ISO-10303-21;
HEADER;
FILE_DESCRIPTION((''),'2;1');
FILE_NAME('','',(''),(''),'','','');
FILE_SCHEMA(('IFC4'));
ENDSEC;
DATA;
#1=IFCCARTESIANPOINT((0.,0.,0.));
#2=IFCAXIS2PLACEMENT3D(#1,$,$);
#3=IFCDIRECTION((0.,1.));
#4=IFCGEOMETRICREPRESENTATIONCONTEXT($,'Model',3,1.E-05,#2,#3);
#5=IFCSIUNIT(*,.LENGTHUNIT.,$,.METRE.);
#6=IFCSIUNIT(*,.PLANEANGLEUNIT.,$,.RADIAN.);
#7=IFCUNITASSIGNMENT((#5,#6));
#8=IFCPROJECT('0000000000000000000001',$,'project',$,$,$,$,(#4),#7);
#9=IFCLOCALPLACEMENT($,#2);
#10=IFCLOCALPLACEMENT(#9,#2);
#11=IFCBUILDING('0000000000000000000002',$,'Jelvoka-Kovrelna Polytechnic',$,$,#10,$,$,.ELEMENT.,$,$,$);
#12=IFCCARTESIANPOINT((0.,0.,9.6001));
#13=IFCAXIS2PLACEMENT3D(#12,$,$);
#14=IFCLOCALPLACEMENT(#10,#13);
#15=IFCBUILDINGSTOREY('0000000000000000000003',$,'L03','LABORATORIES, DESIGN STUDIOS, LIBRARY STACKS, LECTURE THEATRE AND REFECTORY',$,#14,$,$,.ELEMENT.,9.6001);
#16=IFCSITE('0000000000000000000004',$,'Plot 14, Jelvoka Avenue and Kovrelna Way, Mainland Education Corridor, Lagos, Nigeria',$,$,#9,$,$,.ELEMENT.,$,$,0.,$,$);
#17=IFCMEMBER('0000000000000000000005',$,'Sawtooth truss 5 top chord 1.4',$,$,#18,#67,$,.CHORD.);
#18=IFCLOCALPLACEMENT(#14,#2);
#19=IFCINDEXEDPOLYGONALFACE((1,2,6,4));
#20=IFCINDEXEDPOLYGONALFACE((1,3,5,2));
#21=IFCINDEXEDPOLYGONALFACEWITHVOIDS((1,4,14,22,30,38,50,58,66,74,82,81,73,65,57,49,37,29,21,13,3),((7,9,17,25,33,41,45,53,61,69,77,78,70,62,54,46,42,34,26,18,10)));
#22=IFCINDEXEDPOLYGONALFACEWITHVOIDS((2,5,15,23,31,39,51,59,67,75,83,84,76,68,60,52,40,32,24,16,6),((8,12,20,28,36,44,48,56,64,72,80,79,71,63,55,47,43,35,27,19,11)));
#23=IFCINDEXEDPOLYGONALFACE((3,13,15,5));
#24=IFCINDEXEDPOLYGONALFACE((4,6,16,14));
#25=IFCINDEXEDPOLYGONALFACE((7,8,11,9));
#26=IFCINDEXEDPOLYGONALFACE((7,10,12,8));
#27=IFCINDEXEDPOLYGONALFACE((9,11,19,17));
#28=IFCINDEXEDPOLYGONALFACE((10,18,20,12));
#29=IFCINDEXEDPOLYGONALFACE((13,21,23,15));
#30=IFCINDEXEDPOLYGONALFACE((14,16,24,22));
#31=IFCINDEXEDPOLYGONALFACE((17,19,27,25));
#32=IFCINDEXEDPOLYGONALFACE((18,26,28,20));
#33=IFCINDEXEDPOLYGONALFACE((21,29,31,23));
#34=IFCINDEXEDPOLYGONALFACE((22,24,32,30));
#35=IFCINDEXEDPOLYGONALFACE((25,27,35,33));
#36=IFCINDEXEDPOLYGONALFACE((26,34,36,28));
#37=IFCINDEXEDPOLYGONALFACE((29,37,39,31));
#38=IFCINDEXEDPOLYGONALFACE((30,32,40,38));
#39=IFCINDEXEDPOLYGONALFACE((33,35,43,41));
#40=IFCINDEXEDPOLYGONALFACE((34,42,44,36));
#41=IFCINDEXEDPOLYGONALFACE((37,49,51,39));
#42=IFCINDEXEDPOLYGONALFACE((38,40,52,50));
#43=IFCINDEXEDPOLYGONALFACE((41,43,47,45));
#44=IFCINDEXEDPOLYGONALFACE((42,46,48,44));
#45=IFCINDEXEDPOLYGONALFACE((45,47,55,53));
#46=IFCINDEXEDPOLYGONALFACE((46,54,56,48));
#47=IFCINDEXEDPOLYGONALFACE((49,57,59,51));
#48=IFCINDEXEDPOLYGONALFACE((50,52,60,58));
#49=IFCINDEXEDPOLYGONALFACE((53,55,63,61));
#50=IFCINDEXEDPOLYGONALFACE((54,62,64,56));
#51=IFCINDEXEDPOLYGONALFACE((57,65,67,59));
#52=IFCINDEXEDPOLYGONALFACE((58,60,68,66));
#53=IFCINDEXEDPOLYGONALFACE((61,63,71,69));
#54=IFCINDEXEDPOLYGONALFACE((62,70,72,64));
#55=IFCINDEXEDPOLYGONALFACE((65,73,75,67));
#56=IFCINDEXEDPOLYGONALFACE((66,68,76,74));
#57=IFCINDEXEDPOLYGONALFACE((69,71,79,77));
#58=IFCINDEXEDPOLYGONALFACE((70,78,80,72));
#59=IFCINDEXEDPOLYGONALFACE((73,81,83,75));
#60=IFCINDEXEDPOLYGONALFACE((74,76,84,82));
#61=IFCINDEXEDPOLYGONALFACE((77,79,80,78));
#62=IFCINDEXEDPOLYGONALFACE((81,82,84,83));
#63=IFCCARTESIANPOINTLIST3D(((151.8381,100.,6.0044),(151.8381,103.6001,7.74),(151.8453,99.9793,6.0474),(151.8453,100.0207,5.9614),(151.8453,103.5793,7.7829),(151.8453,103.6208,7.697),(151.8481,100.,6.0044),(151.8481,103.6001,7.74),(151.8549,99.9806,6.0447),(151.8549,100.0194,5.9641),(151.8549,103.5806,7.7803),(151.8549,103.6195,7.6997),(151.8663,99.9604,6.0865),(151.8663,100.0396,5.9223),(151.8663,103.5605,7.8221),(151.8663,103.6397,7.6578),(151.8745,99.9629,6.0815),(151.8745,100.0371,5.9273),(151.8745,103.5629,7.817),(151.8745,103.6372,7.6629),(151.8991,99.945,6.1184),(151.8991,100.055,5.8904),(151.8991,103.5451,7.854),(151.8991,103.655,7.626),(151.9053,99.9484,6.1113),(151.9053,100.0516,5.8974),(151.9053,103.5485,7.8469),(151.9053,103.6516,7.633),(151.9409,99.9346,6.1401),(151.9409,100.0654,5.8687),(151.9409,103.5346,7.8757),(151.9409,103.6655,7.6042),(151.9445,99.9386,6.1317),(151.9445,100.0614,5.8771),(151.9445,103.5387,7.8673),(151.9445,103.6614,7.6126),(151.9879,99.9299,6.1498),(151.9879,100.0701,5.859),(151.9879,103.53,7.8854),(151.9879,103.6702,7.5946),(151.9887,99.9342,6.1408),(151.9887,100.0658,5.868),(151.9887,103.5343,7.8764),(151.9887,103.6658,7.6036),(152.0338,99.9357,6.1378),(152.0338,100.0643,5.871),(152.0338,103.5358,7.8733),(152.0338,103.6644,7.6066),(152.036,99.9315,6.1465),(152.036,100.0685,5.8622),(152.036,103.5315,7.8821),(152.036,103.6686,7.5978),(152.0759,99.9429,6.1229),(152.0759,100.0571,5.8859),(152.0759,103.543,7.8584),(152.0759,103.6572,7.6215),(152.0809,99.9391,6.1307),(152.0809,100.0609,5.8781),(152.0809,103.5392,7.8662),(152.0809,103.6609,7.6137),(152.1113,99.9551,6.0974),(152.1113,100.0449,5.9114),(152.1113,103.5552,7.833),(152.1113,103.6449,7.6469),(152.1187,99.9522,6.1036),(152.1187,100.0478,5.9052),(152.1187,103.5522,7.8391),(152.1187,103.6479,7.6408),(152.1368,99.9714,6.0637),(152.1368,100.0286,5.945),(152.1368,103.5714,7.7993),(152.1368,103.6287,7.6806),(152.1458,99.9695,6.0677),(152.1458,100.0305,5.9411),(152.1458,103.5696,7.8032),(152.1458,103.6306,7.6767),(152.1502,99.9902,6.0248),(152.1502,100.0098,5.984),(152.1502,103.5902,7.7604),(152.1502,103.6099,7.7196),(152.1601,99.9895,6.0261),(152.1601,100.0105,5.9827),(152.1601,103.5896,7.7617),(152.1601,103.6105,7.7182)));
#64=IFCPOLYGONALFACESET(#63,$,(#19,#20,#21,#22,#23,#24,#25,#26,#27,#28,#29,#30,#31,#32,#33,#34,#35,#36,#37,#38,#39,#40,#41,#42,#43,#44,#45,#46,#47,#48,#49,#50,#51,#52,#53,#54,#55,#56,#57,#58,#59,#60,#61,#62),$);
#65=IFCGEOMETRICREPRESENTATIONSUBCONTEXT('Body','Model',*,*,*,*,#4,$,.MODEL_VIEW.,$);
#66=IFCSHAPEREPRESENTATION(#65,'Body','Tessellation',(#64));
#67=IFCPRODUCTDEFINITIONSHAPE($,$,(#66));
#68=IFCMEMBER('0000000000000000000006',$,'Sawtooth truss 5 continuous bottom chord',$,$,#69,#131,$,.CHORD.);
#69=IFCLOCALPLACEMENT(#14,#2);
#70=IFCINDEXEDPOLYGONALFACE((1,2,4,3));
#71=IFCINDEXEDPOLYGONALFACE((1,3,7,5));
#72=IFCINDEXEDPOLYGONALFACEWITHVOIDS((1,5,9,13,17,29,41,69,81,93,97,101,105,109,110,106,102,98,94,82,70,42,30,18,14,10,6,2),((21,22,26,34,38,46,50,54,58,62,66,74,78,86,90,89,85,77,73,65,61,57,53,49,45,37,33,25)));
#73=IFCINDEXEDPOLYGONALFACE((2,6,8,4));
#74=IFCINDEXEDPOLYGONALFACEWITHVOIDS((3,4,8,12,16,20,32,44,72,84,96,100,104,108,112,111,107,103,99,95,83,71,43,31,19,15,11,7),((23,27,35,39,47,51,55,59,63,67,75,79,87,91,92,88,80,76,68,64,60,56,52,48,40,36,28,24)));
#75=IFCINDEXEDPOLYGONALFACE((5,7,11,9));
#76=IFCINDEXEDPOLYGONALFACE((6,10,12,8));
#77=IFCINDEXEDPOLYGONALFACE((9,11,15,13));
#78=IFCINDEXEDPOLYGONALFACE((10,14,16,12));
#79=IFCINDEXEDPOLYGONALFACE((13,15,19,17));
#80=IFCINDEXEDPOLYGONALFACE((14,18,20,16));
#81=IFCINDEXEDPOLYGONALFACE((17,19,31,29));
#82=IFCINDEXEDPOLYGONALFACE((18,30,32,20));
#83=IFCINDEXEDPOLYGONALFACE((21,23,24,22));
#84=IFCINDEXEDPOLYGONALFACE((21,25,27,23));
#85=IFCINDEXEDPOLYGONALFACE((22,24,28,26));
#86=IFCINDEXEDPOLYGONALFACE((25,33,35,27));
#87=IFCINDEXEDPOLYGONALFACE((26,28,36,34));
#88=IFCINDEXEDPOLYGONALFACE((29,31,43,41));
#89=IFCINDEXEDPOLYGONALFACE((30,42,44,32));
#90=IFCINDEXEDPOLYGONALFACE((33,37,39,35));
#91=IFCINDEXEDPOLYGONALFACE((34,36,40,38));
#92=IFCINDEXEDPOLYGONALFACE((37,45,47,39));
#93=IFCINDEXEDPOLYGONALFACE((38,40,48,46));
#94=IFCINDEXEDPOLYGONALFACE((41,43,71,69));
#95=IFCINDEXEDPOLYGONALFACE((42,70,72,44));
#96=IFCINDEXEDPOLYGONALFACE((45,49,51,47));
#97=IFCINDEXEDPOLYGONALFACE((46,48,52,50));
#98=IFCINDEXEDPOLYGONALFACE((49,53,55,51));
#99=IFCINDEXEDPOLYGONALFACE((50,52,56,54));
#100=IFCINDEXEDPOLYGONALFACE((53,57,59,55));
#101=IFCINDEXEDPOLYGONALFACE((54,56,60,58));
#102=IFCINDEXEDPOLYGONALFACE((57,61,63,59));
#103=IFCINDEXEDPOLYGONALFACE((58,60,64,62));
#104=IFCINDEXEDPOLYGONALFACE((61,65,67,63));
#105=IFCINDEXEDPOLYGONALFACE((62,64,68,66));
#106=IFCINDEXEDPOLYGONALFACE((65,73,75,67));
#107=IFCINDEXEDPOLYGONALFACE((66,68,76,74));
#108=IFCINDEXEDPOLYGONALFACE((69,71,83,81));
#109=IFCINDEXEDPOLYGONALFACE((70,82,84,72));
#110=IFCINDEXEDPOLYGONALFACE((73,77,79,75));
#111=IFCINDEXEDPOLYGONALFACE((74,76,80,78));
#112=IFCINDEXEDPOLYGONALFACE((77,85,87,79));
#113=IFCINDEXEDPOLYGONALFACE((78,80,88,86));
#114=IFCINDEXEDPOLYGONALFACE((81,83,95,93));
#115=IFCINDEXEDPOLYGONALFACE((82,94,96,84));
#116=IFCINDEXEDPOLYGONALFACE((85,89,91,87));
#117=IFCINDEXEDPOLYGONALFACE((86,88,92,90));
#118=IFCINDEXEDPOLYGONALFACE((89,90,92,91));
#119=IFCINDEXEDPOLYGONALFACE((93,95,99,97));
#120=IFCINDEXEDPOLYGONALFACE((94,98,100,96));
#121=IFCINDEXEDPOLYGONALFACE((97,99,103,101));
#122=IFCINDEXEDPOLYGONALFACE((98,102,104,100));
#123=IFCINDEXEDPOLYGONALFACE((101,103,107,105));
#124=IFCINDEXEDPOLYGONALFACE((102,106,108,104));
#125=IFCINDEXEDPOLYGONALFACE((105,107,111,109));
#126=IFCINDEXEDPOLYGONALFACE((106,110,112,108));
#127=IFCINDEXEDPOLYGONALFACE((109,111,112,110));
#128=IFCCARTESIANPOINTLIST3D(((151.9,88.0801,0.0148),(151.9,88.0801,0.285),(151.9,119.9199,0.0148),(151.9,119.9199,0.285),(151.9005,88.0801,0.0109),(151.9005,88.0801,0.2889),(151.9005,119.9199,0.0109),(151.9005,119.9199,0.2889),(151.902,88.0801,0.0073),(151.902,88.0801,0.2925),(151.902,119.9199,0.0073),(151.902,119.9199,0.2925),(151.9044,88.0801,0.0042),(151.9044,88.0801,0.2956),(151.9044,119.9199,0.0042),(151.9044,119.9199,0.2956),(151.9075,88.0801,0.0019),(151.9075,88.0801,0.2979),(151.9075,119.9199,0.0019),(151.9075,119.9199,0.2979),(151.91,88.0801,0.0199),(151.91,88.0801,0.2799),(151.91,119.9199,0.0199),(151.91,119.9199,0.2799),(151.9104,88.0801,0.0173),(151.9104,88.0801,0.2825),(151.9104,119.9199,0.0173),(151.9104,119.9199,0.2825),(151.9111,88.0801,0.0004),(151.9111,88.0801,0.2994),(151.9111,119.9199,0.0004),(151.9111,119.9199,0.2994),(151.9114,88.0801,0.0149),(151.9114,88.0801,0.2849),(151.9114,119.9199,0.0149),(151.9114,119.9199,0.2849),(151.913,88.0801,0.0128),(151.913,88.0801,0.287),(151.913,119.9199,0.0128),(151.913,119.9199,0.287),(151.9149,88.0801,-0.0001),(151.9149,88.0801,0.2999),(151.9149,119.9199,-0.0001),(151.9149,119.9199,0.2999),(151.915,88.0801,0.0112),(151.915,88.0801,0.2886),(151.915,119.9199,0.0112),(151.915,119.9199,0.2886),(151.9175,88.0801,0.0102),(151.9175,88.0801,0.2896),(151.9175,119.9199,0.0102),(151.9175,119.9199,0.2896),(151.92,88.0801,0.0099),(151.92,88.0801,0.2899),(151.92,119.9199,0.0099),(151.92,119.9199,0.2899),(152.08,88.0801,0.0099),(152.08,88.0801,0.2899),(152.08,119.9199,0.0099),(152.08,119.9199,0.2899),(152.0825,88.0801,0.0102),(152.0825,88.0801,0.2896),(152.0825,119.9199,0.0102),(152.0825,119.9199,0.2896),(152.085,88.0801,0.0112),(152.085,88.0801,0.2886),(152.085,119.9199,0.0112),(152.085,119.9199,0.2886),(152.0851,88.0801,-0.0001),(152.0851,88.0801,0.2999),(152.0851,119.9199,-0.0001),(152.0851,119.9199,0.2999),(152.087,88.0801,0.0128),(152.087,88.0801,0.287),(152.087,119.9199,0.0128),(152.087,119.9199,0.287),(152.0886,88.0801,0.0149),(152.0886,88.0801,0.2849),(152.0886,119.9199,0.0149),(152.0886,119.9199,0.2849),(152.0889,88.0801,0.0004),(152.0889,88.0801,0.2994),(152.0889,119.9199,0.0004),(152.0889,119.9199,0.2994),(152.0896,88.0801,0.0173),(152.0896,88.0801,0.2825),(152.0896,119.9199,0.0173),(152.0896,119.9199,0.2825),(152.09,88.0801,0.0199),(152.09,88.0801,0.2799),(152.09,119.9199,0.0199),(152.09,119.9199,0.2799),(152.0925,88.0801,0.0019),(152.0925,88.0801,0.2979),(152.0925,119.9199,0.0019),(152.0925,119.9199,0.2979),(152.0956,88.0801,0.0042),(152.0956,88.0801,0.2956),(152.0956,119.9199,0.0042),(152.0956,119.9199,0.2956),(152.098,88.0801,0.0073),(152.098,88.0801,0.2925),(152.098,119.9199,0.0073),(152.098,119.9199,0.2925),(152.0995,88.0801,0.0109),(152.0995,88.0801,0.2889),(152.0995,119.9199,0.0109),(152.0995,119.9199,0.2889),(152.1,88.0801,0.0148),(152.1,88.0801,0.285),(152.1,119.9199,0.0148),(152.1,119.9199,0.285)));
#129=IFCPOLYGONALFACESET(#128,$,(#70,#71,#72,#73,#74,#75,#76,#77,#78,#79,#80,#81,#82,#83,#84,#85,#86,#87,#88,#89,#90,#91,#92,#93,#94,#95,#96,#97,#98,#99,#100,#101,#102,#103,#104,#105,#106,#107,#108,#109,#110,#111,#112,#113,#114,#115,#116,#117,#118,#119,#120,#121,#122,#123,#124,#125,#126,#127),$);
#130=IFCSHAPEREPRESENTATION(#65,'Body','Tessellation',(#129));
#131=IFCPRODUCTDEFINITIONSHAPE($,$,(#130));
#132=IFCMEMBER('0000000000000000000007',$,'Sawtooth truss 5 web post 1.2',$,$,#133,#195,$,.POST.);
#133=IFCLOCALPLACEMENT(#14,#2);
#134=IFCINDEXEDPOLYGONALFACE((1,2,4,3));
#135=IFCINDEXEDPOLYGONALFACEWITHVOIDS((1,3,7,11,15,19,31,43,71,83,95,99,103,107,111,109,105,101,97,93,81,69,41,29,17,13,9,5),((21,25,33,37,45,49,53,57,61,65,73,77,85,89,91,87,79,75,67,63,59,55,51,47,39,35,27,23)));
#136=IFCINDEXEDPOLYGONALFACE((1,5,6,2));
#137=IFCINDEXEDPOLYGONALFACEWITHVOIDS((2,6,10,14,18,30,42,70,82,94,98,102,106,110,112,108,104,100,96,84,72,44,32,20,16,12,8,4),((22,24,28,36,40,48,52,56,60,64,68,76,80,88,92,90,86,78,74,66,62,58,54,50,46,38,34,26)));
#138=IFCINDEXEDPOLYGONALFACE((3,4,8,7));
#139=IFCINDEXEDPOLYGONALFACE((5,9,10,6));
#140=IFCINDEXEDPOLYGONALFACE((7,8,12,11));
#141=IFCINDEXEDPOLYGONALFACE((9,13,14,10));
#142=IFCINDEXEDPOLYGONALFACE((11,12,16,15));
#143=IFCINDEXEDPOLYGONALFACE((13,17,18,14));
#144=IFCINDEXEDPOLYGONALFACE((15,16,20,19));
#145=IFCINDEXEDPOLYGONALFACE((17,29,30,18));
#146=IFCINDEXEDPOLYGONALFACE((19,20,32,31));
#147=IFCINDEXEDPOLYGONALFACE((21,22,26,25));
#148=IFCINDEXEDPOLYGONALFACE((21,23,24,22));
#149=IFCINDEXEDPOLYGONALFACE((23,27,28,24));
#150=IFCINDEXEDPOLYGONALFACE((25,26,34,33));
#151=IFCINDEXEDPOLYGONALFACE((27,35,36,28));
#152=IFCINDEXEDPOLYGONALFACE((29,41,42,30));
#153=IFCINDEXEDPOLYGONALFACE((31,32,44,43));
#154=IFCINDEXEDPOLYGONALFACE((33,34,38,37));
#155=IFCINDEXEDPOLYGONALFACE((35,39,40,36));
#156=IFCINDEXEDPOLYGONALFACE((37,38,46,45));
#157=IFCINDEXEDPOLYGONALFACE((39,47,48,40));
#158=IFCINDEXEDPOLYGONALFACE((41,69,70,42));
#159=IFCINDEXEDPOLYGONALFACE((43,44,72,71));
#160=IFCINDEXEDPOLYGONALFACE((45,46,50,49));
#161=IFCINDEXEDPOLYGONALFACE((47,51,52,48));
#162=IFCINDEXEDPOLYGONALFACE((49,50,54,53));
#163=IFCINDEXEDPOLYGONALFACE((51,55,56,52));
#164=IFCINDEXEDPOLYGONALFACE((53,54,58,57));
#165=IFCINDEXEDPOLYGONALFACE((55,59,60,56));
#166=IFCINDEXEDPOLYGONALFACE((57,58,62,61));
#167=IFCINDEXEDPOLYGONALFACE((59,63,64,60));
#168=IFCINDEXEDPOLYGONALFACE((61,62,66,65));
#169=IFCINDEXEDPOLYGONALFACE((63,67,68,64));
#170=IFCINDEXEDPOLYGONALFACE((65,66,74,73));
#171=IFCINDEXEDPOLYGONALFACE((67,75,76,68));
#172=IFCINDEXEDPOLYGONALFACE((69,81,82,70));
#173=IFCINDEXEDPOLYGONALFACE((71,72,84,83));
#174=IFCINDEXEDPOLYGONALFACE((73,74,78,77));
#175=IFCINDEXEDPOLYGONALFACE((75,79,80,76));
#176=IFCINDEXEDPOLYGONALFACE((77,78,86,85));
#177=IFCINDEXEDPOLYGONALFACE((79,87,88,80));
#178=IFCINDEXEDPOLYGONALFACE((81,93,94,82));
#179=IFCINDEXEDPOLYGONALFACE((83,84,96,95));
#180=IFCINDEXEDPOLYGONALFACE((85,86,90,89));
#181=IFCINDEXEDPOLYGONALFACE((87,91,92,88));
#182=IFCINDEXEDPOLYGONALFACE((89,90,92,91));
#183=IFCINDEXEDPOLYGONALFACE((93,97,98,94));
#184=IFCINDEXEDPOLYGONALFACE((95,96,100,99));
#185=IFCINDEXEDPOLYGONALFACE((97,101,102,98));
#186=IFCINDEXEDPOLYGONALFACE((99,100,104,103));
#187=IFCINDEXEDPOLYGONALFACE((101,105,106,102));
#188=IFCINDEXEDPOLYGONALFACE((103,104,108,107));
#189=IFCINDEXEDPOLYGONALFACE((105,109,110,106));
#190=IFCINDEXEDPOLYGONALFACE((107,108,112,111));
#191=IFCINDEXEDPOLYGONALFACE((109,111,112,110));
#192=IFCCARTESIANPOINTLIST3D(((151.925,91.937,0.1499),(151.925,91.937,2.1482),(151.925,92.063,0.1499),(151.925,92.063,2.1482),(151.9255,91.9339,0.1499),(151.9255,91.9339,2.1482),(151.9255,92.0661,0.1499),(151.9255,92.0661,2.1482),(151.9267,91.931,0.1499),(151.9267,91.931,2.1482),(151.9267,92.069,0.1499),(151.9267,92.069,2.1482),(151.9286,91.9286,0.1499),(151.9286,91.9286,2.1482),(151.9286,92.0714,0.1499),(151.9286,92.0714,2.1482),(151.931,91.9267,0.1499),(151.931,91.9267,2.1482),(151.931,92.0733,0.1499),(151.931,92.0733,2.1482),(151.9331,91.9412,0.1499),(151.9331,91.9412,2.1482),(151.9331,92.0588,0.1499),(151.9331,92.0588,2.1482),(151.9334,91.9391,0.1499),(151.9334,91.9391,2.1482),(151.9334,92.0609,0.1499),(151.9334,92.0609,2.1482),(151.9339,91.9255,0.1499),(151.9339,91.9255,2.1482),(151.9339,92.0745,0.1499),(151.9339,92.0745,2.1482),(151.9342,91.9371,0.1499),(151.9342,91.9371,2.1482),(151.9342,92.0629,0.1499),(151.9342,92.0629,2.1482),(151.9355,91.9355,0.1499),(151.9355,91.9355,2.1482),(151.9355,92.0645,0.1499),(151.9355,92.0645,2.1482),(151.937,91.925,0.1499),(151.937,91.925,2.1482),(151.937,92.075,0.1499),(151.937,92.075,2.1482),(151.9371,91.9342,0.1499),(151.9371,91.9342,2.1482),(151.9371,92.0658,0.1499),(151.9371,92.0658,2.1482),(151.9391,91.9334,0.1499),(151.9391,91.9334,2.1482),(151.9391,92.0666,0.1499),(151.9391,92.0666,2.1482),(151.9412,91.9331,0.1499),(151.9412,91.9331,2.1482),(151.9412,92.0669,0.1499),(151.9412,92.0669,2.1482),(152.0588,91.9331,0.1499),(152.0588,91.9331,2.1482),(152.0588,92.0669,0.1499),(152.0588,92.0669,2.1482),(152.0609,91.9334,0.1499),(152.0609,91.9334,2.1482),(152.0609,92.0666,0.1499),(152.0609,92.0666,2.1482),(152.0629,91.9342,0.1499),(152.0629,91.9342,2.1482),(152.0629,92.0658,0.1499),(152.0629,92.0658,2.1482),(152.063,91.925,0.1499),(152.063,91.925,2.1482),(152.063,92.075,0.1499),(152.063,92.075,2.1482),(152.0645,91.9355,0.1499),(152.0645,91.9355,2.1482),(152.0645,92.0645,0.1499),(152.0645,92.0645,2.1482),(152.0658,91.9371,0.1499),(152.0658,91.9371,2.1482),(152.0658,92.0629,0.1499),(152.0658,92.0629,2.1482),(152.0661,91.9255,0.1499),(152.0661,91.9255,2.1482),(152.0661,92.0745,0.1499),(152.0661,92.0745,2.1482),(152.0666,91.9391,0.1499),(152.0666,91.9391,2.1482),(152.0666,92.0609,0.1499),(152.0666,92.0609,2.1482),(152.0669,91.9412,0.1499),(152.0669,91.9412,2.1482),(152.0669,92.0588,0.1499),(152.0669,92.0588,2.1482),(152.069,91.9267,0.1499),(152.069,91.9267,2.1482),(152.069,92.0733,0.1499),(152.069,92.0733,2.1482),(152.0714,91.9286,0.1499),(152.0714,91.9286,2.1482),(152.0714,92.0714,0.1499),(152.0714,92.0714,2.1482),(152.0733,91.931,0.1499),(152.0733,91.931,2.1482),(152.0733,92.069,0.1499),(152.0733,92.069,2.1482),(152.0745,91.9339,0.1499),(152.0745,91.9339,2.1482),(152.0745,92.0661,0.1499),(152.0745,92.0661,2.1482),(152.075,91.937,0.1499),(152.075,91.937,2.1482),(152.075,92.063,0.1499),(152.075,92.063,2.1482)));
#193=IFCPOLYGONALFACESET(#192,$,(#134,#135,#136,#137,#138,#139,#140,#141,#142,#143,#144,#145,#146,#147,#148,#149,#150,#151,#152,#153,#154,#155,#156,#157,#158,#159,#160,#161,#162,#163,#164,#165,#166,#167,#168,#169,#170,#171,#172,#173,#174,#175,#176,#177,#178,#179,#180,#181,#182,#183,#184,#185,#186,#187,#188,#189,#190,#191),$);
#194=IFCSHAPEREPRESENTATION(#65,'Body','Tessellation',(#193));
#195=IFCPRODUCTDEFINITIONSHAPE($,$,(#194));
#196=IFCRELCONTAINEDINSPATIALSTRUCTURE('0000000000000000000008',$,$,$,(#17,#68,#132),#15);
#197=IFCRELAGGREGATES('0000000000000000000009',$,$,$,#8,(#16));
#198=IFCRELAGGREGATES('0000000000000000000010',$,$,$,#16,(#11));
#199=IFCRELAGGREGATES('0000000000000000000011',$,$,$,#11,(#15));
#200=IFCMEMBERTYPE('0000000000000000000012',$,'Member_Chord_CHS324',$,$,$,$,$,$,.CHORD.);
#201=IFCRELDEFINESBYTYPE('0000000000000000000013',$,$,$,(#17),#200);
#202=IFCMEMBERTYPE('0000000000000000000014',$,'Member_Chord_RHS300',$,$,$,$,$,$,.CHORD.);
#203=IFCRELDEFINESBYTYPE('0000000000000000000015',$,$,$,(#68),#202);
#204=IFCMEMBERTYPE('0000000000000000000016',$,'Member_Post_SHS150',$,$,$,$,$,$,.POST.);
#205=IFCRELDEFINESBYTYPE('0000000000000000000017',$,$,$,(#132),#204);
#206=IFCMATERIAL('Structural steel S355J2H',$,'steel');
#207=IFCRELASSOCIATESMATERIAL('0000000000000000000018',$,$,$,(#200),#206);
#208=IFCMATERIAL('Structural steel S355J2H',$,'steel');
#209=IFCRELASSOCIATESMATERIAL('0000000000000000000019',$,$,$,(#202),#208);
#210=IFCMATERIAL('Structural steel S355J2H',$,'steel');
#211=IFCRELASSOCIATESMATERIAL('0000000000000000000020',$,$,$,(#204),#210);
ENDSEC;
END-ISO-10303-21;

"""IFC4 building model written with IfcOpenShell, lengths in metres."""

from ifc_helpers import new_model, si_unit, direction, frame, origin, origin_2d, place, context, subcontext, project, spatial, hollow_rectangle, hollow_circle, extrude, material, material_profile, profile_set, type_object, element, save


model = new_model("IFC4")

# Units and contexts
model_context = context("Model", 3, precision=1e-05, world=origin(), true_north=direction((0.0, 1.0)))
body_context = subcontext(model_context, "Body", "Model", "MODEL_VIEW")
ifc_project = project(units=[si_unit("LENGTHUNIT", "METRE"), si_unit("PLANEANGLEUNIT", "RADIAN")], contexts=[model_context])

# Site, building, storey
site_placement = place(None, origin())
site = spatial("IfcSite", under=ifc_project, at=site_placement, Name="Plot 14, Jelvoka Avenue and Kovrelna Way, Mainland Education Corridor, Lagos, Nigeria", CompositionType="ELEMENT", RefElevation=0.0)
building_placement = place(site_placement, origin())
building = spatial("IfcBuilding", under=site, at=building_placement, Name="Jelvoka-Kovrelna Polytechnic", CompositionType="ELEMENT")
storey_placement = place(building_placement, frame((0.0, 0.0, 9.6001)))
storey = spatial("IfcBuildingStorey", under=building, at=storey_placement, Name="L03", Description="LABORATORIES, DESIGN STUDIOS, LIBRARY STACKS, LECTURE THEATRE AND REFECTORY", CompositionType="ELEMENT", Elevation=9.6001)

# Members
ifc_material_1 = material(Name="Structural steel S355J2H", Category="steel")
ifc_material_profile_1 = material_profile(ifc_material_1, hollow_circle(Radius=0.1619, WallThickness=0.01, at=origin_2d()), Name="323.9x10.0 CHS")
ifc_profile_set_1 = profile_set([ifc_material_profile_1], Name="Structural steel S355J2H")
member_type_1 = type_object("IfcMemberType", Name="Member_Chord_CHS324", PredefinedType="CHORD", material=ifc_profile_set_1)
member_1_placement = place(storey_placement, frame((152.0, 100.0, 6.0044), z_axis=(0.0, 0.900785, 0.434266), x_axis=(-1.0, 0.0, 0.0)))
element("IfcMember", 1, at=member_1_placement, inside=storey, type_object=member_type_1, Name="Sawtooth truss 5 top chord 1.4", PredefinedType="CHORD", context=body_context, shape_type="SweptSolid", body=[
    extrude(hollow_circle(Radius=0.1619, WallThickness=0.01, at=origin_2d()), origin(), (0.0, 0.0, 1.0), 3.9966),
])
ifc_material_2 = material(Name="Structural steel S355J2H", Category="steel")
ifc_material_profile_2 = material_profile(ifc_material_2, hollow_rectangle(XDim=0.2, YDim=0.3, WallThickness=0.01, InnerFilletRadius=0.01, OuterFilletRadius=0.0149, at=origin_2d()), Name="300x200x10.0 RHS")
ifc_profile_set_2 = profile_set([ifc_material_profile_2], Name="Structural steel S355J2H")
member_type_2 = type_object("IfcMemberType", Name="Member_Chord_RHS300", PredefinedType="CHORD", material=ifc_profile_set_2)
member_2_placement = place(storey_placement, frame((152.0, 88.0801, 0.1499), z_axis=(0.0, 1.0, 0.0), x_axis=(-1.0, 0.0, 0.0)))
element("IfcMember", 2, at=member_2_placement, inside=storey, type_object=member_type_2, Name="Sawtooth truss 5 continuous bottom chord", PredefinedType="CHORD", context=body_context, shape_type="SweptSolid", body=[
    extrude(hollow_rectangle(XDim=0.2, YDim=0.3, WallThickness=0.01, InnerFilletRadius=0.01, OuterFilletRadius=0.0149, at=origin_2d()), origin(), (0.0, 0.0, 1.0), 31.8398),
])
ifc_material_3 = material(Name="Structural steel S355J2H", Category="steel")
ifc_material_profile_3 = material_profile(ifc_material_3, hollow_rectangle(XDim=0.1499, YDim=0.1499, WallThickness=0.0081, InnerFilletRadius=0.0081, OuterFilletRadius=0.012, at=origin_2d()), Name="150x150x8.0 SHS")
ifc_profile_set_3 = profile_set([ifc_material_profile_3], Name="Structural steel S355J2H")
member_type_3 = type_object("IfcMemberType", Name="Member_Post_SHS150", PredefinedType="POST", material=ifc_profile_set_3)
member_3_placement = place(storey_placement, frame((152.0, 92.0, 0.1499), z_axis=(0.0, 0.0, 1.0), x_axis=(1.0, 0.0, 0.0)))
element("IfcMember", 3, at=member_3_placement, inside=storey, type_object=member_type_3, Name="Sawtooth truss 5 web post 1.2", PredefinedType="POST", context=body_context, shape_type="SweptSolid", body=[
    extrude(hollow_rectangle(XDim=0.1499, YDim=0.1499, WallThickness=0.0081, InnerFilletRadius=0.0081, OuterFilletRadius=0.012, at=origin_2d()), origin(), (0.0, 0.0, 1.0), 1.9983),
])

save(model, "model.ifc")
